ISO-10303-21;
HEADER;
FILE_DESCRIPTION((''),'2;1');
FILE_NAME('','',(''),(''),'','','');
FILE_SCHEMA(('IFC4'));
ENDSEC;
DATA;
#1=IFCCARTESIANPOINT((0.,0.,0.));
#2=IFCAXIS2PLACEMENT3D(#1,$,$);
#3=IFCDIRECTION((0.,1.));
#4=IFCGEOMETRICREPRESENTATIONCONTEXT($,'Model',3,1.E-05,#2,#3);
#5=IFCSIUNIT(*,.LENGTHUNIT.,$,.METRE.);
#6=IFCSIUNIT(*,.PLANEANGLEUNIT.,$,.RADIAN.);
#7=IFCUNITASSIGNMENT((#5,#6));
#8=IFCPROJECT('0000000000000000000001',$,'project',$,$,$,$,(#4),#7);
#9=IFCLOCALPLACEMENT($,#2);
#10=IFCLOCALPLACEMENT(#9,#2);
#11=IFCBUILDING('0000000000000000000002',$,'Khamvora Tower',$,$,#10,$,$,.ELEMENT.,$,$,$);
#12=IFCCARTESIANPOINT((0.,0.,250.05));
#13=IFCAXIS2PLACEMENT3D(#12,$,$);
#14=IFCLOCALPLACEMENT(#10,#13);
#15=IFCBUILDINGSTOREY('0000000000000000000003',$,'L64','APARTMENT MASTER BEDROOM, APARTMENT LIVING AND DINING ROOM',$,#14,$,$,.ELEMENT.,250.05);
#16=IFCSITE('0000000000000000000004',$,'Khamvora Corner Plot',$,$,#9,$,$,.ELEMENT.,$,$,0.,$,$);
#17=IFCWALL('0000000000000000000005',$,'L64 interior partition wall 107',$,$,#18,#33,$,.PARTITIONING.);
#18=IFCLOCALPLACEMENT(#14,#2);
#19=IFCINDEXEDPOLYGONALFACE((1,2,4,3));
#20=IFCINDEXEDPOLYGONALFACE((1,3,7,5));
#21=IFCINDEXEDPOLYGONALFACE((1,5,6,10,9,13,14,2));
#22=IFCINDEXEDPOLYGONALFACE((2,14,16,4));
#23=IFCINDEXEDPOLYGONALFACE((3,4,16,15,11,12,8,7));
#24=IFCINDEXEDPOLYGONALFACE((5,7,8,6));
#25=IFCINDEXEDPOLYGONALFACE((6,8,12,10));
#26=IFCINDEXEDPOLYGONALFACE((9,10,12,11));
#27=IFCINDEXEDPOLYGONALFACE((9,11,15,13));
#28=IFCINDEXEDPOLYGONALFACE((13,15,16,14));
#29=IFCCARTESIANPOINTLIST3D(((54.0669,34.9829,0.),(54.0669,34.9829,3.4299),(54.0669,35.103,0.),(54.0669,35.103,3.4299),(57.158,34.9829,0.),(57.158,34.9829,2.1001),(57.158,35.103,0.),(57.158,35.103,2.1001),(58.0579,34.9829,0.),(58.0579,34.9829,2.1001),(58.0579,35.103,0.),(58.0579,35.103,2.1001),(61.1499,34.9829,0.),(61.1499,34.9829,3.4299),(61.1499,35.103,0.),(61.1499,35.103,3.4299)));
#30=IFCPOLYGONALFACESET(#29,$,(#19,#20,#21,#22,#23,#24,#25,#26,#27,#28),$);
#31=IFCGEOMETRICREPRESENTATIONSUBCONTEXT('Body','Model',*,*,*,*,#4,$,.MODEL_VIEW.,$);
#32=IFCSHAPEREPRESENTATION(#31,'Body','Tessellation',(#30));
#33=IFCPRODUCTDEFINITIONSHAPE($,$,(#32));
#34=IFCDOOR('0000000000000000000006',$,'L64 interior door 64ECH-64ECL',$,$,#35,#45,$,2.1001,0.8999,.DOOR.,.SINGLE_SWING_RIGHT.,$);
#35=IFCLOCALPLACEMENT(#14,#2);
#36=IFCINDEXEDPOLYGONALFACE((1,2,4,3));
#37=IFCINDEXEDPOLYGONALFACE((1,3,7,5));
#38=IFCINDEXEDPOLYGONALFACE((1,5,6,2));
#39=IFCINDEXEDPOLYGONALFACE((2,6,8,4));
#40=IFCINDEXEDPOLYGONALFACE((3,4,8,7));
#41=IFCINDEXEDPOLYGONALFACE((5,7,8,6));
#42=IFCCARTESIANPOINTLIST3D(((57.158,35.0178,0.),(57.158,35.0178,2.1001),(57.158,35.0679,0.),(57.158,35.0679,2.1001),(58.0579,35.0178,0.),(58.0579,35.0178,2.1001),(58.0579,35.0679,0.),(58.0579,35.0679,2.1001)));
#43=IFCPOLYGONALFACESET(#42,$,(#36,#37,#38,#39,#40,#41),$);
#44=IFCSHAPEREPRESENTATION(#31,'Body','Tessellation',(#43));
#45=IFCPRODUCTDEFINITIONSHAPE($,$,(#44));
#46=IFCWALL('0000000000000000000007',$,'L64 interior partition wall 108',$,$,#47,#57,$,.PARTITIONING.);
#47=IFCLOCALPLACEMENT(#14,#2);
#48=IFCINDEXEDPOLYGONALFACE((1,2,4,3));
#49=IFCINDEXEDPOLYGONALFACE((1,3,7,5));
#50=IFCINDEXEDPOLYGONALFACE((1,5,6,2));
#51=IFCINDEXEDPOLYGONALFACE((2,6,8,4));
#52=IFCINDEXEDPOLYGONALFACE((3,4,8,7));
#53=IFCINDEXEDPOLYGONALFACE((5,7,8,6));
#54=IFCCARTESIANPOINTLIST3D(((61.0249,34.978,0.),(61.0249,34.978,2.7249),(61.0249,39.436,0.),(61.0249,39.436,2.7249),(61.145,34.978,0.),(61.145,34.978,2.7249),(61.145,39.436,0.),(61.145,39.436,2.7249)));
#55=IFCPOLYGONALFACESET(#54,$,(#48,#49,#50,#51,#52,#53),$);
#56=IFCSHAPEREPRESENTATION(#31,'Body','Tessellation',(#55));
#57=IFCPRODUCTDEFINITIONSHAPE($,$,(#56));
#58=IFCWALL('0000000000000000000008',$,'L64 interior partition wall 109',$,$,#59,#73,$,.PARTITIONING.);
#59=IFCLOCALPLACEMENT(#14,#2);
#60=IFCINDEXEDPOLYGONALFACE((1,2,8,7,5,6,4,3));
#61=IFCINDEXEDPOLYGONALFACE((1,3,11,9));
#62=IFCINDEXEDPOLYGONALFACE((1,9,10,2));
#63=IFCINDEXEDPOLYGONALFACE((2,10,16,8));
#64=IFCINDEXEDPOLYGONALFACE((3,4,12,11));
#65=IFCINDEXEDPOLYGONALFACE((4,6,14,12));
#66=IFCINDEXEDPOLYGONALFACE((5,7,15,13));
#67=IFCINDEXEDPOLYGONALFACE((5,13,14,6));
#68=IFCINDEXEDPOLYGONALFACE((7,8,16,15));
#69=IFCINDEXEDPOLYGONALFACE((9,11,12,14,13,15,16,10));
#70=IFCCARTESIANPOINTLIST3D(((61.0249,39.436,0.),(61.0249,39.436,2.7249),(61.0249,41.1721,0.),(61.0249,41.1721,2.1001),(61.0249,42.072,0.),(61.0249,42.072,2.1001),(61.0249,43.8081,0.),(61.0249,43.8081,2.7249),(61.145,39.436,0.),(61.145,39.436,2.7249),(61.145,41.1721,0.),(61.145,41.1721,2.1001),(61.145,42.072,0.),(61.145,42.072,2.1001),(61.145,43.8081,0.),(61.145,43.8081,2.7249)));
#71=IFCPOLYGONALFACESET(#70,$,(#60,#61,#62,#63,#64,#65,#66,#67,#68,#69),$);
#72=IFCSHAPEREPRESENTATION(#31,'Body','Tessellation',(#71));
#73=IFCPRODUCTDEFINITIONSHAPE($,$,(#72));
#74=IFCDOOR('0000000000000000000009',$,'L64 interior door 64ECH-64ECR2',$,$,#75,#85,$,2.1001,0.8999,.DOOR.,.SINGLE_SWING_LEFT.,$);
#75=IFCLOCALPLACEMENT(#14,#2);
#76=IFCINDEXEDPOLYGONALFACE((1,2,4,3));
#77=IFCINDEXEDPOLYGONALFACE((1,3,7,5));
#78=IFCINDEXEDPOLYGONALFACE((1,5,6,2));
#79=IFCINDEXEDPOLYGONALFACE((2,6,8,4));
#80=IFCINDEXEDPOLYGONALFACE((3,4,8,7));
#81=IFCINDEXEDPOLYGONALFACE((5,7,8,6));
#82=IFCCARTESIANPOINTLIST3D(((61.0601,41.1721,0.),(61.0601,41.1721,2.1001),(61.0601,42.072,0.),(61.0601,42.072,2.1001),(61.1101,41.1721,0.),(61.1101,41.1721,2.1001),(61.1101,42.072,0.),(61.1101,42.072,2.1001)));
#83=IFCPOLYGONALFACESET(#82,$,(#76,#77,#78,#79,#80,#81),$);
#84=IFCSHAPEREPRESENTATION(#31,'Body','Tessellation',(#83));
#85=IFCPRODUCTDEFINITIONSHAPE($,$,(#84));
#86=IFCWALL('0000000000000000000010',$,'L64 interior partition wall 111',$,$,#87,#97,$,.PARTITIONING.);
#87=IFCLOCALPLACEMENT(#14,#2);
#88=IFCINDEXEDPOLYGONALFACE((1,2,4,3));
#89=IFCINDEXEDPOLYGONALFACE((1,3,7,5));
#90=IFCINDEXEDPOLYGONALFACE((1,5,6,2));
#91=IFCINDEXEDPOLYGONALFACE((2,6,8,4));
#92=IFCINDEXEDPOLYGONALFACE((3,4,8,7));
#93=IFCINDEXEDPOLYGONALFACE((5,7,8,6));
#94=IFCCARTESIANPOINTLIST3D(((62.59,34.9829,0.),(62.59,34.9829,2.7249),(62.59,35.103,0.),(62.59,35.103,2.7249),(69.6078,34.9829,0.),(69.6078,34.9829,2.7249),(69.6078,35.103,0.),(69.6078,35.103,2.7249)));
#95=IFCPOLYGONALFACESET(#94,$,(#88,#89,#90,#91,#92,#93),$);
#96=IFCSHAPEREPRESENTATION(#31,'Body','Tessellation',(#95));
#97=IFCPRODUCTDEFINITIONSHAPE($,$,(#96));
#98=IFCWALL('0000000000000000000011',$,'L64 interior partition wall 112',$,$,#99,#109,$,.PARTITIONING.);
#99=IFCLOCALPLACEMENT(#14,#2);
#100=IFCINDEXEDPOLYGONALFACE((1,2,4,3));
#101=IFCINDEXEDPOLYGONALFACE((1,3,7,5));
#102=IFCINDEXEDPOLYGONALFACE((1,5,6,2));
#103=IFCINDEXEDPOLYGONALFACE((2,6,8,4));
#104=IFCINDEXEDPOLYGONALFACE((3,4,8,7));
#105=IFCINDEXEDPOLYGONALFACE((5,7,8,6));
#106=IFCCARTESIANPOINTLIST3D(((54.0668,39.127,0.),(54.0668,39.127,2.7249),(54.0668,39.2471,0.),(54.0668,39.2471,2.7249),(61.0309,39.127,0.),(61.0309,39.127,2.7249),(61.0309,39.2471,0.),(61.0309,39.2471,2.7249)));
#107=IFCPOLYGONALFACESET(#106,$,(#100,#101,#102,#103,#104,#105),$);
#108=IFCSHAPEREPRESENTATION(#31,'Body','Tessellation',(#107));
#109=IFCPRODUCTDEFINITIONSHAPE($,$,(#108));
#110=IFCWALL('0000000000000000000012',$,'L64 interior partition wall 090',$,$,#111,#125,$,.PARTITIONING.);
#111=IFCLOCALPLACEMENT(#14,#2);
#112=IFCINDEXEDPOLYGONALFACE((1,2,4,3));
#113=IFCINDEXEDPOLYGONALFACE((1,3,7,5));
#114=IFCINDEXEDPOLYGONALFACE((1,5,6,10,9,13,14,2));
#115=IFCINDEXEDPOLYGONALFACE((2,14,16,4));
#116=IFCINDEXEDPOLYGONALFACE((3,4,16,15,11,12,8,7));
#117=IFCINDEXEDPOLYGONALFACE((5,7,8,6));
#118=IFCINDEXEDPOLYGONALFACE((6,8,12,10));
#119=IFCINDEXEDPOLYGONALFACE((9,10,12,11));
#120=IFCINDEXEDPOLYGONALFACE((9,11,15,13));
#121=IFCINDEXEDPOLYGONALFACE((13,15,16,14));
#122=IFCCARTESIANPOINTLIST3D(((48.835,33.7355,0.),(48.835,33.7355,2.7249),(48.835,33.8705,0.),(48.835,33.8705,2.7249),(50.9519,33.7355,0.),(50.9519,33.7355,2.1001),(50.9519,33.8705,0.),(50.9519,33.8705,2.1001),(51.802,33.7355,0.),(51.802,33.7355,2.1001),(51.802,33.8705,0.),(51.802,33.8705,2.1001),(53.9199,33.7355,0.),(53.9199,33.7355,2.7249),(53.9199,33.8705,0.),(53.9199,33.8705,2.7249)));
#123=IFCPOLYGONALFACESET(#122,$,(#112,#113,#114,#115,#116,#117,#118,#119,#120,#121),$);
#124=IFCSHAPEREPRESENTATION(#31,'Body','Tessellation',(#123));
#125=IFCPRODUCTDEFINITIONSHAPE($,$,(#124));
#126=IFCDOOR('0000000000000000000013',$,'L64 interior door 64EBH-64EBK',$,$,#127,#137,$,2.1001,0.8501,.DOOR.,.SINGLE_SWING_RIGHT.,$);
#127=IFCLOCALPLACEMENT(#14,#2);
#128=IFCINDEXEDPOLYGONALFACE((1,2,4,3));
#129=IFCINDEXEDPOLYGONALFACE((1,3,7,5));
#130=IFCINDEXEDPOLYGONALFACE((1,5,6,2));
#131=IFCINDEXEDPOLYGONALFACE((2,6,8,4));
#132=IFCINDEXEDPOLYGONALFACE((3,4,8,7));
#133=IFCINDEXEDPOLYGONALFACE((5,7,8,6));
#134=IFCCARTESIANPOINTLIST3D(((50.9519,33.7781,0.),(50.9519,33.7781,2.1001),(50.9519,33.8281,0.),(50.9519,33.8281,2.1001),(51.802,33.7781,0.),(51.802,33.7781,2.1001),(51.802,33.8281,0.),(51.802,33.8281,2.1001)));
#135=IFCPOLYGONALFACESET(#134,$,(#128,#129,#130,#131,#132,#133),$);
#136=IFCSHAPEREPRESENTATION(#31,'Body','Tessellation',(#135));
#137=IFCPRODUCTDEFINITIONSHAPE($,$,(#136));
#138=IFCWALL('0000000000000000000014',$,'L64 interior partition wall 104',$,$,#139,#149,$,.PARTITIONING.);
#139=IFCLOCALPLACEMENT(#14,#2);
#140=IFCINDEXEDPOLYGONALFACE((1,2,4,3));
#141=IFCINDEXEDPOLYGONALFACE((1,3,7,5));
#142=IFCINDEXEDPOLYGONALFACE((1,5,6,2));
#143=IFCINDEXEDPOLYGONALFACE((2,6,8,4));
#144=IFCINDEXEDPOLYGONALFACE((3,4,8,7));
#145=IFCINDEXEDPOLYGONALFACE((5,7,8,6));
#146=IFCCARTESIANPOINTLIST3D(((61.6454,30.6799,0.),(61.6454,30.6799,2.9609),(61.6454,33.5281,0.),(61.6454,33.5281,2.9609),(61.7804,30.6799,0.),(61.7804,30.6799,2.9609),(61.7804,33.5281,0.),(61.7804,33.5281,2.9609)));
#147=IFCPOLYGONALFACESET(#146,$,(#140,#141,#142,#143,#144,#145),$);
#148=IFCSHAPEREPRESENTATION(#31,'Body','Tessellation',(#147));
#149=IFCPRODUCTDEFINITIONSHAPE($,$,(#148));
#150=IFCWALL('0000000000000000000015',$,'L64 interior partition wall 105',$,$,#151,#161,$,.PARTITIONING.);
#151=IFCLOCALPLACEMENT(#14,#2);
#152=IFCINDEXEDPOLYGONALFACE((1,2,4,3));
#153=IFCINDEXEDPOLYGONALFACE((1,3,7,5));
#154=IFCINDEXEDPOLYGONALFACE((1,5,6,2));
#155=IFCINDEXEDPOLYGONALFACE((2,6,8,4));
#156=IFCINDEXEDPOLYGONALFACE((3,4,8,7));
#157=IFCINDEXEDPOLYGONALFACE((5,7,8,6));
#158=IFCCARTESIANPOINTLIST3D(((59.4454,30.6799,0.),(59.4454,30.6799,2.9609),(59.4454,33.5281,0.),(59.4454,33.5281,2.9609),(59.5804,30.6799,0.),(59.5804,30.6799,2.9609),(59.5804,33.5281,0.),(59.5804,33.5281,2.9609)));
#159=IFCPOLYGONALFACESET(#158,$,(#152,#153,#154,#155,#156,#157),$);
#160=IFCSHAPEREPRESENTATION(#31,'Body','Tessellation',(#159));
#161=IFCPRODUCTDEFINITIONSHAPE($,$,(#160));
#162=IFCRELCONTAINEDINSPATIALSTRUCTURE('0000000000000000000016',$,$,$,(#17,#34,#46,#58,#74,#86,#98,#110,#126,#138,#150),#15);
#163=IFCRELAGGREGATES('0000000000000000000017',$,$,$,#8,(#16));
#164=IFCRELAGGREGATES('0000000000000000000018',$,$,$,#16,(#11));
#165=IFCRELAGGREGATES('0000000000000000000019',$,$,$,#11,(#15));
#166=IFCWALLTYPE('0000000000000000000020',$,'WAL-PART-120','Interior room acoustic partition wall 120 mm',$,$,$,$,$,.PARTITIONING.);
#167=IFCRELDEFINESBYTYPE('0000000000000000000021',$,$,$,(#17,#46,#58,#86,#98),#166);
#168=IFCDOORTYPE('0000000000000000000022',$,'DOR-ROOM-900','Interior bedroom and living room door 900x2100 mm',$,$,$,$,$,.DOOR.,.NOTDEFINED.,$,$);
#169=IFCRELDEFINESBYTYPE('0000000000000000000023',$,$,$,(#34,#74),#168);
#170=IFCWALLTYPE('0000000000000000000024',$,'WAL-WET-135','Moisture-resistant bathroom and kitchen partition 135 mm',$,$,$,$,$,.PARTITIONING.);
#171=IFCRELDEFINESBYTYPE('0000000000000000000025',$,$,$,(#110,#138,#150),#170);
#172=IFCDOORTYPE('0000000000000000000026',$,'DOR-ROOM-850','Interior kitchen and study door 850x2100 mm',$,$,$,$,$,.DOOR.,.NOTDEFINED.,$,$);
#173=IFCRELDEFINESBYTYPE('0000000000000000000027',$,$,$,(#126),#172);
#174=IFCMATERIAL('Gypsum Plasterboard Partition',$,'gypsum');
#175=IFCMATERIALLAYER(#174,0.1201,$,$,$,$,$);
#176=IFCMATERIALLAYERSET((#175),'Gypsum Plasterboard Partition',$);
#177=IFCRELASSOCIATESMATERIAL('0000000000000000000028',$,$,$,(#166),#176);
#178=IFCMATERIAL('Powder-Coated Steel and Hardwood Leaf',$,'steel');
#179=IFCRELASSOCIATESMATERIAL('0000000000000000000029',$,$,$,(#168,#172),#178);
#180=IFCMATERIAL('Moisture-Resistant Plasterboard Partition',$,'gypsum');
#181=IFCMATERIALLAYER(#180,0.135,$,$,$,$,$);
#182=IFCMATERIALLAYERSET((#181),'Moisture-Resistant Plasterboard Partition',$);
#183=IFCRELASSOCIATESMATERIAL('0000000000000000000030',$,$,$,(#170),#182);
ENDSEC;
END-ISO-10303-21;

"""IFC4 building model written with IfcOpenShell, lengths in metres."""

from ifc_helpers import new_model, si_unit, direction, frame, frame_2d, origin, place, context, subcontext, project, spatial, rectangle, extrude, material, layer, layer_set, type_object, element, fill, save


model = new_model("IFC4")

# Units and contexts
model_context = context("Model", 3, precision=1e-05, world=origin(), true_north=direction((0.0, 1.0)))
body_context = subcontext(model_context, "Body", "Model", "MODEL_VIEW")
ifc_project = project(units=[si_unit("LENGTHUNIT", "METRE"), si_unit("PLANEANGLEUNIT", "RADIAN")], contexts=[model_context])

# Site, building, storey
site_placement = place(None, origin())
site = spatial("IfcSite", under=ifc_project, at=site_placement, Name="Khamvora Corner Plot", CompositionType="ELEMENT", RefElevation=0.0)
building_placement = place(site_placement, origin())
building = spatial("IfcBuilding", under=site, at=building_placement, Name="Khamvora Tower", CompositionType="ELEMENT")
storey_placement = place(building_placement, frame((0.0, 0.0, 250.05)))
storey = spatial("IfcBuildingStorey", under=building, at=storey_placement, Name="L64", Description="APARTMENT MASTER BEDROOM, APARTMENT LIVING AND DINING ROOM", CompositionType="ELEMENT", Elevation=250.05)

# Shared definitions
ifc_material_1 = material(Name="Powder-Coated Steel and Hardwood Leaf", Category="steel")

# Wall, opening, door
ifc_material_2 = material(Name="Gypsum Plasterboard Partition", Category="gypsum")
ifc_layer_1 = layer(ifc_material_2, 0.1201)
ifc_layer_set_1 = layer_set([ifc_layer_1], Name="Gypsum Plasterboard Partition")
wall_type_1 = type_object("IfcWallType", Name="WAL-PART-120", Description="Interior room acoustic partition wall 120 mm", PredefinedType="PARTITIONING", material=ifc_layer_set_1)
wall_1_placement = place(storey_placement, frame((54.0669, 35.043, 0.0), z_axis=(0.0, 0.0, 1.0), x_axis=(1.0, 0.0, 0.0)))
wall_1 = element("IfcWall", 1, at=wall_1_placement, inside=storey, type_object=wall_type_1, Name="L64 interior partition wall 107", PredefinedType="PARTITIONING", context=body_context, shape_type="SweptSolid", body=[
    extrude(rectangle(XDim=7.083, YDim=0.1201, at=frame_2d((3.5415, 0.0))), origin(), (0.0, 0.0, 1.0), 3.4299),
])
opening_1_placement = place(wall_1_placement, frame((3.0911, 0.0, 0.0)))
opening_1 = element("IfcOpeningElement", 2, at=opening_1_placement, cuts=wall_1, PredefinedType="OPENING", context=body_context, shape_type="SweptSolid", body=[
    extrude(rectangle(XDim=0.8999, YDim=2.1001, at=frame_2d((0.45, 1.05))), frame((0.0, 0.0701, 0.0), z_axis=(0.0, -1.0, 0.0), x_axis=(1.0, 0.0, 0.0)), (0.0, 0.0, 1.0), 0.1401),
])
door_type_1 = type_object("IfcDoorType", Name="DOR-ROOM-900", Description="Interior bedroom and living room door 900x2100 mm", OperationType="NOTDEFINED", PredefinedType="DOOR", material=ifc_material_1)
door_1_placement = place(opening_1_placement, origin())
door_1 = element("IfcDoor", 3, at=door_1_placement, inside=storey, type_object=door_type_1, Name="L64 interior door 64ECH-64ECL", OperationType="SINGLE_SWING_RIGHT", OverallHeight=2.1001, OverallWidth=0.8999, PredefinedType="DOOR", context=body_context, shape_type="SweptSolid", body=[
    extrude(rectangle(XDim=0.8999, YDim=2.1001, at=frame_2d((0.45, 1.05))), frame((0.0, 0.0249, 0.0), z_axis=(0.0, -1.0, 0.0), x_axis=(1.0, 0.0, 0.0)), (0.0, 0.0, 1.0), 0.05),
])
fill(opening_1, door_1)

# Wall
wall_2_placement = place(storey_placement, frame((61.085, 34.978, 0.0), z_axis=(0.0, 0.0, 1.0), x_axis=(0.0, 1.0, 0.0)))
element("IfcWall", 4, at=wall_2_placement, inside=storey, type_object=wall_type_1, Name="L64 interior partition wall 108", PredefinedType="PARTITIONING", context=body_context, shape_type="SweptSolid", body=[
    extrude(rectangle(XDim=4.458, YDim=0.1201, at=frame_2d((2.229, 0.0))), origin(), (0.0, 0.0, 1.0), 2.7249),
])

# Wall, opening, door
wall_3_placement = place(storey_placement, frame((61.085, 39.436, 0.0), z_axis=(0.0, 0.0, 1.0), x_axis=(0.0, 1.0, 0.0)))
wall_3 = element("IfcWall", 5, at=wall_3_placement, inside=storey, type_object=wall_type_1, Name="L64 interior partition wall 109", PredefinedType="PARTITIONING", context=body_context, shape_type="SweptSolid", body=[
    extrude(rectangle(XDim=4.3721, YDim=0.1201, at=frame_2d((2.186, 0.0))), origin(), (0.0, 0.0, 1.0), 2.7249),
])
opening_2_placement = place(wall_3_placement, frame((1.7361, 0.0, 0.0)))
opening_2 = element("IfcOpeningElement", 6, at=opening_2_placement, cuts=wall_3, PredefinedType="OPENING", context=body_context, shape_type="SweptSolid", body=[
    extrude(rectangle(XDim=0.8999, YDim=2.1001, at=frame_2d((0.45, 1.05))), frame((0.0, 0.0701, 0.0), z_axis=(0.0, -1.0, 0.0), x_axis=(1.0, 0.0, 0.0)), (0.0, 0.0, 1.0), 0.1401),
])
door_2_placement = place(opening_2_placement, origin())
door_2 = element("IfcDoor", 7, at=door_2_placement, inside=storey, type_object=door_type_1, Name="L64 interior door 64ECH-64ECR2", OperationType="SINGLE_SWING_LEFT", OverallHeight=2.1001, OverallWidth=0.8999, PredefinedType="DOOR", context=body_context, shape_type="SweptSolid", body=[
    extrude(rectangle(XDim=0.8999, YDim=2.1001, at=frame_2d((0.45, 1.05))), frame((0.0, 0.0249, 0.0), z_axis=(0.0, -1.0, 0.0), x_axis=(1.0, 0.0, 0.0)), (0.0, 0.0, 1.0), 0.05),
])
fill(opening_2, door_2)

# Walls
wall_4_placement = place(storey_placement, frame((62.5901, 35.043, 0.0), z_axis=(0.0, 0.0, 1.0), x_axis=(1.0, 0.0, 0.0)))
element("IfcWall", 8, at=wall_4_placement, inside=storey, type_object=wall_type_1, Name="L64 interior partition wall 111", PredefinedType="PARTITIONING", context=body_context, shape_type="SweptSolid", body=[
    extrude(rectangle(XDim=7.0178, YDim=0.1201, at=frame_2d((3.5088, 0.0))), origin(), (0.0, 0.0, 1.0), 2.7249),
])
wall_5_placement = place(storey_placement, frame((54.0669, 39.187, 0.0), z_axis=(0.0, 0.0, 1.0), x_axis=(1.0, 0.0, 0.0)))
element("IfcWall", 9, at=wall_5_placement, inside=storey, type_object=wall_type_1, Name="L64 interior partition wall 112", PredefinedType="PARTITIONING", context=body_context, shape_type="SweptSolid", body=[
    extrude(rectangle(XDim=6.9641, YDim=0.1201, at=frame_2d((3.4819, 0.0))), origin(), (0.0, 0.0, 1.0), 2.7249),
])

# Wall, opening, door
ifc_material_3 = material(Name="Moisture-Resistant Plasterboard Partition", Category="gypsum")
ifc_layer_2 = layer(ifc_material_3, 0.135)
ifc_layer_set_2 = layer_set([ifc_layer_2], Name="Moisture-Resistant Plasterboard Partition")
wall_type_2 = type_object("IfcWallType", Name="WAL-WET-135", Description="Moisture-resistant bathroom and kitchen partition 135 mm", PredefinedType="PARTITIONING", material=ifc_layer_set_2)
wall_6_placement = place(storey_placement, frame((53.9199, 33.803, 0.0), z_axis=(0.0, 0.0, 1.0), x_axis=(-1.0, 0.0, 0.0)))
wall_6 = element("IfcWall", 10, at=wall_6_placement, inside=storey, type_object=wall_type_2, Name="L64 interior partition wall 090", PredefinedType="PARTITIONING", context=body_context, shape_type="SweptSolid", body=[
    extrude(rectangle(XDim=5.085, YDim=0.135, at=frame_2d((2.5425, 0.0))), origin(), (0.0, 0.0, 1.0), 2.7249),
])
opening_3_placement = place(wall_6_placement, frame((2.1179, 0.0, 0.0)))
opening_3 = element("IfcOpeningElement", 11, at=opening_3_placement, cuts=wall_6, PredefinedType="OPENING", context=body_context, shape_type="SweptSolid", body=[
    extrude(rectangle(XDim=0.8501, YDim=2.1001, at=frame_2d((0.425, 1.05))), frame((0.0, 0.0774, 0.0), z_axis=(0.0, -1.0, 0.0), x_axis=(1.0, 0.0, 0.0)), (0.0, 0.0, 1.0), 0.155),
])
door_type_2 = type_object("IfcDoorType", Name="DOR-ROOM-850", Description="Interior kitchen and study door 850x2100 mm", OperationType="NOTDEFINED", PredefinedType="DOOR", material=ifc_material_1)
door_3_placement = place(opening_3_placement, origin())
door_3 = element("IfcDoor", 12, at=door_3_placement, inside=storey, type_object=door_type_2, Name="L64 interior door 64EBH-64EBK", OperationType="SINGLE_SWING_RIGHT", OverallHeight=2.1001, OverallWidth=0.8501, PredefinedType="DOOR", context=body_context, shape_type="SweptSolid", body=[
    extrude(rectangle(XDim=0.8501, YDim=2.1001, at=frame_2d((0.425, 1.05))), frame((0.0, 0.0249, 0.0), z_axis=(0.0, -1.0, 0.0), x_axis=(1.0, 0.0, 0.0)), (0.0, 0.0, 1.0), 0.05),
])
fill(opening_3, door_3)

# Walls
for number, where, z_axis, x_axis, name in (
    (13, (61.7129, 33.5281, 0.0), (0.0, 0.0, 1.0), (0.0, -1.0, 0.0), "L64 interior partition wall 104"),
    (14, (59.5129, 30.6799, 0.0), (0.0, 0.0, 1.0), (0.0, 1.0, 0.0), "L64 interior partition wall 105"),
):
    element("IfcWall", number, at=place(storey_placement, frame(where, z_axis=z_axis, x_axis=x_axis)), inside=storey, type_object=wall_type_2, Name=name, PredefinedType="PARTITIONING", context=body_context, shape_type="SweptSolid", body=[
        extrude(rectangle(XDim=2.8481, YDim=0.135, at=frame_2d((1.4241, 0.0))), origin(), (0.0, 0.0, 1.0), 2.9609),
    ])

save(model, "model.ifc")
